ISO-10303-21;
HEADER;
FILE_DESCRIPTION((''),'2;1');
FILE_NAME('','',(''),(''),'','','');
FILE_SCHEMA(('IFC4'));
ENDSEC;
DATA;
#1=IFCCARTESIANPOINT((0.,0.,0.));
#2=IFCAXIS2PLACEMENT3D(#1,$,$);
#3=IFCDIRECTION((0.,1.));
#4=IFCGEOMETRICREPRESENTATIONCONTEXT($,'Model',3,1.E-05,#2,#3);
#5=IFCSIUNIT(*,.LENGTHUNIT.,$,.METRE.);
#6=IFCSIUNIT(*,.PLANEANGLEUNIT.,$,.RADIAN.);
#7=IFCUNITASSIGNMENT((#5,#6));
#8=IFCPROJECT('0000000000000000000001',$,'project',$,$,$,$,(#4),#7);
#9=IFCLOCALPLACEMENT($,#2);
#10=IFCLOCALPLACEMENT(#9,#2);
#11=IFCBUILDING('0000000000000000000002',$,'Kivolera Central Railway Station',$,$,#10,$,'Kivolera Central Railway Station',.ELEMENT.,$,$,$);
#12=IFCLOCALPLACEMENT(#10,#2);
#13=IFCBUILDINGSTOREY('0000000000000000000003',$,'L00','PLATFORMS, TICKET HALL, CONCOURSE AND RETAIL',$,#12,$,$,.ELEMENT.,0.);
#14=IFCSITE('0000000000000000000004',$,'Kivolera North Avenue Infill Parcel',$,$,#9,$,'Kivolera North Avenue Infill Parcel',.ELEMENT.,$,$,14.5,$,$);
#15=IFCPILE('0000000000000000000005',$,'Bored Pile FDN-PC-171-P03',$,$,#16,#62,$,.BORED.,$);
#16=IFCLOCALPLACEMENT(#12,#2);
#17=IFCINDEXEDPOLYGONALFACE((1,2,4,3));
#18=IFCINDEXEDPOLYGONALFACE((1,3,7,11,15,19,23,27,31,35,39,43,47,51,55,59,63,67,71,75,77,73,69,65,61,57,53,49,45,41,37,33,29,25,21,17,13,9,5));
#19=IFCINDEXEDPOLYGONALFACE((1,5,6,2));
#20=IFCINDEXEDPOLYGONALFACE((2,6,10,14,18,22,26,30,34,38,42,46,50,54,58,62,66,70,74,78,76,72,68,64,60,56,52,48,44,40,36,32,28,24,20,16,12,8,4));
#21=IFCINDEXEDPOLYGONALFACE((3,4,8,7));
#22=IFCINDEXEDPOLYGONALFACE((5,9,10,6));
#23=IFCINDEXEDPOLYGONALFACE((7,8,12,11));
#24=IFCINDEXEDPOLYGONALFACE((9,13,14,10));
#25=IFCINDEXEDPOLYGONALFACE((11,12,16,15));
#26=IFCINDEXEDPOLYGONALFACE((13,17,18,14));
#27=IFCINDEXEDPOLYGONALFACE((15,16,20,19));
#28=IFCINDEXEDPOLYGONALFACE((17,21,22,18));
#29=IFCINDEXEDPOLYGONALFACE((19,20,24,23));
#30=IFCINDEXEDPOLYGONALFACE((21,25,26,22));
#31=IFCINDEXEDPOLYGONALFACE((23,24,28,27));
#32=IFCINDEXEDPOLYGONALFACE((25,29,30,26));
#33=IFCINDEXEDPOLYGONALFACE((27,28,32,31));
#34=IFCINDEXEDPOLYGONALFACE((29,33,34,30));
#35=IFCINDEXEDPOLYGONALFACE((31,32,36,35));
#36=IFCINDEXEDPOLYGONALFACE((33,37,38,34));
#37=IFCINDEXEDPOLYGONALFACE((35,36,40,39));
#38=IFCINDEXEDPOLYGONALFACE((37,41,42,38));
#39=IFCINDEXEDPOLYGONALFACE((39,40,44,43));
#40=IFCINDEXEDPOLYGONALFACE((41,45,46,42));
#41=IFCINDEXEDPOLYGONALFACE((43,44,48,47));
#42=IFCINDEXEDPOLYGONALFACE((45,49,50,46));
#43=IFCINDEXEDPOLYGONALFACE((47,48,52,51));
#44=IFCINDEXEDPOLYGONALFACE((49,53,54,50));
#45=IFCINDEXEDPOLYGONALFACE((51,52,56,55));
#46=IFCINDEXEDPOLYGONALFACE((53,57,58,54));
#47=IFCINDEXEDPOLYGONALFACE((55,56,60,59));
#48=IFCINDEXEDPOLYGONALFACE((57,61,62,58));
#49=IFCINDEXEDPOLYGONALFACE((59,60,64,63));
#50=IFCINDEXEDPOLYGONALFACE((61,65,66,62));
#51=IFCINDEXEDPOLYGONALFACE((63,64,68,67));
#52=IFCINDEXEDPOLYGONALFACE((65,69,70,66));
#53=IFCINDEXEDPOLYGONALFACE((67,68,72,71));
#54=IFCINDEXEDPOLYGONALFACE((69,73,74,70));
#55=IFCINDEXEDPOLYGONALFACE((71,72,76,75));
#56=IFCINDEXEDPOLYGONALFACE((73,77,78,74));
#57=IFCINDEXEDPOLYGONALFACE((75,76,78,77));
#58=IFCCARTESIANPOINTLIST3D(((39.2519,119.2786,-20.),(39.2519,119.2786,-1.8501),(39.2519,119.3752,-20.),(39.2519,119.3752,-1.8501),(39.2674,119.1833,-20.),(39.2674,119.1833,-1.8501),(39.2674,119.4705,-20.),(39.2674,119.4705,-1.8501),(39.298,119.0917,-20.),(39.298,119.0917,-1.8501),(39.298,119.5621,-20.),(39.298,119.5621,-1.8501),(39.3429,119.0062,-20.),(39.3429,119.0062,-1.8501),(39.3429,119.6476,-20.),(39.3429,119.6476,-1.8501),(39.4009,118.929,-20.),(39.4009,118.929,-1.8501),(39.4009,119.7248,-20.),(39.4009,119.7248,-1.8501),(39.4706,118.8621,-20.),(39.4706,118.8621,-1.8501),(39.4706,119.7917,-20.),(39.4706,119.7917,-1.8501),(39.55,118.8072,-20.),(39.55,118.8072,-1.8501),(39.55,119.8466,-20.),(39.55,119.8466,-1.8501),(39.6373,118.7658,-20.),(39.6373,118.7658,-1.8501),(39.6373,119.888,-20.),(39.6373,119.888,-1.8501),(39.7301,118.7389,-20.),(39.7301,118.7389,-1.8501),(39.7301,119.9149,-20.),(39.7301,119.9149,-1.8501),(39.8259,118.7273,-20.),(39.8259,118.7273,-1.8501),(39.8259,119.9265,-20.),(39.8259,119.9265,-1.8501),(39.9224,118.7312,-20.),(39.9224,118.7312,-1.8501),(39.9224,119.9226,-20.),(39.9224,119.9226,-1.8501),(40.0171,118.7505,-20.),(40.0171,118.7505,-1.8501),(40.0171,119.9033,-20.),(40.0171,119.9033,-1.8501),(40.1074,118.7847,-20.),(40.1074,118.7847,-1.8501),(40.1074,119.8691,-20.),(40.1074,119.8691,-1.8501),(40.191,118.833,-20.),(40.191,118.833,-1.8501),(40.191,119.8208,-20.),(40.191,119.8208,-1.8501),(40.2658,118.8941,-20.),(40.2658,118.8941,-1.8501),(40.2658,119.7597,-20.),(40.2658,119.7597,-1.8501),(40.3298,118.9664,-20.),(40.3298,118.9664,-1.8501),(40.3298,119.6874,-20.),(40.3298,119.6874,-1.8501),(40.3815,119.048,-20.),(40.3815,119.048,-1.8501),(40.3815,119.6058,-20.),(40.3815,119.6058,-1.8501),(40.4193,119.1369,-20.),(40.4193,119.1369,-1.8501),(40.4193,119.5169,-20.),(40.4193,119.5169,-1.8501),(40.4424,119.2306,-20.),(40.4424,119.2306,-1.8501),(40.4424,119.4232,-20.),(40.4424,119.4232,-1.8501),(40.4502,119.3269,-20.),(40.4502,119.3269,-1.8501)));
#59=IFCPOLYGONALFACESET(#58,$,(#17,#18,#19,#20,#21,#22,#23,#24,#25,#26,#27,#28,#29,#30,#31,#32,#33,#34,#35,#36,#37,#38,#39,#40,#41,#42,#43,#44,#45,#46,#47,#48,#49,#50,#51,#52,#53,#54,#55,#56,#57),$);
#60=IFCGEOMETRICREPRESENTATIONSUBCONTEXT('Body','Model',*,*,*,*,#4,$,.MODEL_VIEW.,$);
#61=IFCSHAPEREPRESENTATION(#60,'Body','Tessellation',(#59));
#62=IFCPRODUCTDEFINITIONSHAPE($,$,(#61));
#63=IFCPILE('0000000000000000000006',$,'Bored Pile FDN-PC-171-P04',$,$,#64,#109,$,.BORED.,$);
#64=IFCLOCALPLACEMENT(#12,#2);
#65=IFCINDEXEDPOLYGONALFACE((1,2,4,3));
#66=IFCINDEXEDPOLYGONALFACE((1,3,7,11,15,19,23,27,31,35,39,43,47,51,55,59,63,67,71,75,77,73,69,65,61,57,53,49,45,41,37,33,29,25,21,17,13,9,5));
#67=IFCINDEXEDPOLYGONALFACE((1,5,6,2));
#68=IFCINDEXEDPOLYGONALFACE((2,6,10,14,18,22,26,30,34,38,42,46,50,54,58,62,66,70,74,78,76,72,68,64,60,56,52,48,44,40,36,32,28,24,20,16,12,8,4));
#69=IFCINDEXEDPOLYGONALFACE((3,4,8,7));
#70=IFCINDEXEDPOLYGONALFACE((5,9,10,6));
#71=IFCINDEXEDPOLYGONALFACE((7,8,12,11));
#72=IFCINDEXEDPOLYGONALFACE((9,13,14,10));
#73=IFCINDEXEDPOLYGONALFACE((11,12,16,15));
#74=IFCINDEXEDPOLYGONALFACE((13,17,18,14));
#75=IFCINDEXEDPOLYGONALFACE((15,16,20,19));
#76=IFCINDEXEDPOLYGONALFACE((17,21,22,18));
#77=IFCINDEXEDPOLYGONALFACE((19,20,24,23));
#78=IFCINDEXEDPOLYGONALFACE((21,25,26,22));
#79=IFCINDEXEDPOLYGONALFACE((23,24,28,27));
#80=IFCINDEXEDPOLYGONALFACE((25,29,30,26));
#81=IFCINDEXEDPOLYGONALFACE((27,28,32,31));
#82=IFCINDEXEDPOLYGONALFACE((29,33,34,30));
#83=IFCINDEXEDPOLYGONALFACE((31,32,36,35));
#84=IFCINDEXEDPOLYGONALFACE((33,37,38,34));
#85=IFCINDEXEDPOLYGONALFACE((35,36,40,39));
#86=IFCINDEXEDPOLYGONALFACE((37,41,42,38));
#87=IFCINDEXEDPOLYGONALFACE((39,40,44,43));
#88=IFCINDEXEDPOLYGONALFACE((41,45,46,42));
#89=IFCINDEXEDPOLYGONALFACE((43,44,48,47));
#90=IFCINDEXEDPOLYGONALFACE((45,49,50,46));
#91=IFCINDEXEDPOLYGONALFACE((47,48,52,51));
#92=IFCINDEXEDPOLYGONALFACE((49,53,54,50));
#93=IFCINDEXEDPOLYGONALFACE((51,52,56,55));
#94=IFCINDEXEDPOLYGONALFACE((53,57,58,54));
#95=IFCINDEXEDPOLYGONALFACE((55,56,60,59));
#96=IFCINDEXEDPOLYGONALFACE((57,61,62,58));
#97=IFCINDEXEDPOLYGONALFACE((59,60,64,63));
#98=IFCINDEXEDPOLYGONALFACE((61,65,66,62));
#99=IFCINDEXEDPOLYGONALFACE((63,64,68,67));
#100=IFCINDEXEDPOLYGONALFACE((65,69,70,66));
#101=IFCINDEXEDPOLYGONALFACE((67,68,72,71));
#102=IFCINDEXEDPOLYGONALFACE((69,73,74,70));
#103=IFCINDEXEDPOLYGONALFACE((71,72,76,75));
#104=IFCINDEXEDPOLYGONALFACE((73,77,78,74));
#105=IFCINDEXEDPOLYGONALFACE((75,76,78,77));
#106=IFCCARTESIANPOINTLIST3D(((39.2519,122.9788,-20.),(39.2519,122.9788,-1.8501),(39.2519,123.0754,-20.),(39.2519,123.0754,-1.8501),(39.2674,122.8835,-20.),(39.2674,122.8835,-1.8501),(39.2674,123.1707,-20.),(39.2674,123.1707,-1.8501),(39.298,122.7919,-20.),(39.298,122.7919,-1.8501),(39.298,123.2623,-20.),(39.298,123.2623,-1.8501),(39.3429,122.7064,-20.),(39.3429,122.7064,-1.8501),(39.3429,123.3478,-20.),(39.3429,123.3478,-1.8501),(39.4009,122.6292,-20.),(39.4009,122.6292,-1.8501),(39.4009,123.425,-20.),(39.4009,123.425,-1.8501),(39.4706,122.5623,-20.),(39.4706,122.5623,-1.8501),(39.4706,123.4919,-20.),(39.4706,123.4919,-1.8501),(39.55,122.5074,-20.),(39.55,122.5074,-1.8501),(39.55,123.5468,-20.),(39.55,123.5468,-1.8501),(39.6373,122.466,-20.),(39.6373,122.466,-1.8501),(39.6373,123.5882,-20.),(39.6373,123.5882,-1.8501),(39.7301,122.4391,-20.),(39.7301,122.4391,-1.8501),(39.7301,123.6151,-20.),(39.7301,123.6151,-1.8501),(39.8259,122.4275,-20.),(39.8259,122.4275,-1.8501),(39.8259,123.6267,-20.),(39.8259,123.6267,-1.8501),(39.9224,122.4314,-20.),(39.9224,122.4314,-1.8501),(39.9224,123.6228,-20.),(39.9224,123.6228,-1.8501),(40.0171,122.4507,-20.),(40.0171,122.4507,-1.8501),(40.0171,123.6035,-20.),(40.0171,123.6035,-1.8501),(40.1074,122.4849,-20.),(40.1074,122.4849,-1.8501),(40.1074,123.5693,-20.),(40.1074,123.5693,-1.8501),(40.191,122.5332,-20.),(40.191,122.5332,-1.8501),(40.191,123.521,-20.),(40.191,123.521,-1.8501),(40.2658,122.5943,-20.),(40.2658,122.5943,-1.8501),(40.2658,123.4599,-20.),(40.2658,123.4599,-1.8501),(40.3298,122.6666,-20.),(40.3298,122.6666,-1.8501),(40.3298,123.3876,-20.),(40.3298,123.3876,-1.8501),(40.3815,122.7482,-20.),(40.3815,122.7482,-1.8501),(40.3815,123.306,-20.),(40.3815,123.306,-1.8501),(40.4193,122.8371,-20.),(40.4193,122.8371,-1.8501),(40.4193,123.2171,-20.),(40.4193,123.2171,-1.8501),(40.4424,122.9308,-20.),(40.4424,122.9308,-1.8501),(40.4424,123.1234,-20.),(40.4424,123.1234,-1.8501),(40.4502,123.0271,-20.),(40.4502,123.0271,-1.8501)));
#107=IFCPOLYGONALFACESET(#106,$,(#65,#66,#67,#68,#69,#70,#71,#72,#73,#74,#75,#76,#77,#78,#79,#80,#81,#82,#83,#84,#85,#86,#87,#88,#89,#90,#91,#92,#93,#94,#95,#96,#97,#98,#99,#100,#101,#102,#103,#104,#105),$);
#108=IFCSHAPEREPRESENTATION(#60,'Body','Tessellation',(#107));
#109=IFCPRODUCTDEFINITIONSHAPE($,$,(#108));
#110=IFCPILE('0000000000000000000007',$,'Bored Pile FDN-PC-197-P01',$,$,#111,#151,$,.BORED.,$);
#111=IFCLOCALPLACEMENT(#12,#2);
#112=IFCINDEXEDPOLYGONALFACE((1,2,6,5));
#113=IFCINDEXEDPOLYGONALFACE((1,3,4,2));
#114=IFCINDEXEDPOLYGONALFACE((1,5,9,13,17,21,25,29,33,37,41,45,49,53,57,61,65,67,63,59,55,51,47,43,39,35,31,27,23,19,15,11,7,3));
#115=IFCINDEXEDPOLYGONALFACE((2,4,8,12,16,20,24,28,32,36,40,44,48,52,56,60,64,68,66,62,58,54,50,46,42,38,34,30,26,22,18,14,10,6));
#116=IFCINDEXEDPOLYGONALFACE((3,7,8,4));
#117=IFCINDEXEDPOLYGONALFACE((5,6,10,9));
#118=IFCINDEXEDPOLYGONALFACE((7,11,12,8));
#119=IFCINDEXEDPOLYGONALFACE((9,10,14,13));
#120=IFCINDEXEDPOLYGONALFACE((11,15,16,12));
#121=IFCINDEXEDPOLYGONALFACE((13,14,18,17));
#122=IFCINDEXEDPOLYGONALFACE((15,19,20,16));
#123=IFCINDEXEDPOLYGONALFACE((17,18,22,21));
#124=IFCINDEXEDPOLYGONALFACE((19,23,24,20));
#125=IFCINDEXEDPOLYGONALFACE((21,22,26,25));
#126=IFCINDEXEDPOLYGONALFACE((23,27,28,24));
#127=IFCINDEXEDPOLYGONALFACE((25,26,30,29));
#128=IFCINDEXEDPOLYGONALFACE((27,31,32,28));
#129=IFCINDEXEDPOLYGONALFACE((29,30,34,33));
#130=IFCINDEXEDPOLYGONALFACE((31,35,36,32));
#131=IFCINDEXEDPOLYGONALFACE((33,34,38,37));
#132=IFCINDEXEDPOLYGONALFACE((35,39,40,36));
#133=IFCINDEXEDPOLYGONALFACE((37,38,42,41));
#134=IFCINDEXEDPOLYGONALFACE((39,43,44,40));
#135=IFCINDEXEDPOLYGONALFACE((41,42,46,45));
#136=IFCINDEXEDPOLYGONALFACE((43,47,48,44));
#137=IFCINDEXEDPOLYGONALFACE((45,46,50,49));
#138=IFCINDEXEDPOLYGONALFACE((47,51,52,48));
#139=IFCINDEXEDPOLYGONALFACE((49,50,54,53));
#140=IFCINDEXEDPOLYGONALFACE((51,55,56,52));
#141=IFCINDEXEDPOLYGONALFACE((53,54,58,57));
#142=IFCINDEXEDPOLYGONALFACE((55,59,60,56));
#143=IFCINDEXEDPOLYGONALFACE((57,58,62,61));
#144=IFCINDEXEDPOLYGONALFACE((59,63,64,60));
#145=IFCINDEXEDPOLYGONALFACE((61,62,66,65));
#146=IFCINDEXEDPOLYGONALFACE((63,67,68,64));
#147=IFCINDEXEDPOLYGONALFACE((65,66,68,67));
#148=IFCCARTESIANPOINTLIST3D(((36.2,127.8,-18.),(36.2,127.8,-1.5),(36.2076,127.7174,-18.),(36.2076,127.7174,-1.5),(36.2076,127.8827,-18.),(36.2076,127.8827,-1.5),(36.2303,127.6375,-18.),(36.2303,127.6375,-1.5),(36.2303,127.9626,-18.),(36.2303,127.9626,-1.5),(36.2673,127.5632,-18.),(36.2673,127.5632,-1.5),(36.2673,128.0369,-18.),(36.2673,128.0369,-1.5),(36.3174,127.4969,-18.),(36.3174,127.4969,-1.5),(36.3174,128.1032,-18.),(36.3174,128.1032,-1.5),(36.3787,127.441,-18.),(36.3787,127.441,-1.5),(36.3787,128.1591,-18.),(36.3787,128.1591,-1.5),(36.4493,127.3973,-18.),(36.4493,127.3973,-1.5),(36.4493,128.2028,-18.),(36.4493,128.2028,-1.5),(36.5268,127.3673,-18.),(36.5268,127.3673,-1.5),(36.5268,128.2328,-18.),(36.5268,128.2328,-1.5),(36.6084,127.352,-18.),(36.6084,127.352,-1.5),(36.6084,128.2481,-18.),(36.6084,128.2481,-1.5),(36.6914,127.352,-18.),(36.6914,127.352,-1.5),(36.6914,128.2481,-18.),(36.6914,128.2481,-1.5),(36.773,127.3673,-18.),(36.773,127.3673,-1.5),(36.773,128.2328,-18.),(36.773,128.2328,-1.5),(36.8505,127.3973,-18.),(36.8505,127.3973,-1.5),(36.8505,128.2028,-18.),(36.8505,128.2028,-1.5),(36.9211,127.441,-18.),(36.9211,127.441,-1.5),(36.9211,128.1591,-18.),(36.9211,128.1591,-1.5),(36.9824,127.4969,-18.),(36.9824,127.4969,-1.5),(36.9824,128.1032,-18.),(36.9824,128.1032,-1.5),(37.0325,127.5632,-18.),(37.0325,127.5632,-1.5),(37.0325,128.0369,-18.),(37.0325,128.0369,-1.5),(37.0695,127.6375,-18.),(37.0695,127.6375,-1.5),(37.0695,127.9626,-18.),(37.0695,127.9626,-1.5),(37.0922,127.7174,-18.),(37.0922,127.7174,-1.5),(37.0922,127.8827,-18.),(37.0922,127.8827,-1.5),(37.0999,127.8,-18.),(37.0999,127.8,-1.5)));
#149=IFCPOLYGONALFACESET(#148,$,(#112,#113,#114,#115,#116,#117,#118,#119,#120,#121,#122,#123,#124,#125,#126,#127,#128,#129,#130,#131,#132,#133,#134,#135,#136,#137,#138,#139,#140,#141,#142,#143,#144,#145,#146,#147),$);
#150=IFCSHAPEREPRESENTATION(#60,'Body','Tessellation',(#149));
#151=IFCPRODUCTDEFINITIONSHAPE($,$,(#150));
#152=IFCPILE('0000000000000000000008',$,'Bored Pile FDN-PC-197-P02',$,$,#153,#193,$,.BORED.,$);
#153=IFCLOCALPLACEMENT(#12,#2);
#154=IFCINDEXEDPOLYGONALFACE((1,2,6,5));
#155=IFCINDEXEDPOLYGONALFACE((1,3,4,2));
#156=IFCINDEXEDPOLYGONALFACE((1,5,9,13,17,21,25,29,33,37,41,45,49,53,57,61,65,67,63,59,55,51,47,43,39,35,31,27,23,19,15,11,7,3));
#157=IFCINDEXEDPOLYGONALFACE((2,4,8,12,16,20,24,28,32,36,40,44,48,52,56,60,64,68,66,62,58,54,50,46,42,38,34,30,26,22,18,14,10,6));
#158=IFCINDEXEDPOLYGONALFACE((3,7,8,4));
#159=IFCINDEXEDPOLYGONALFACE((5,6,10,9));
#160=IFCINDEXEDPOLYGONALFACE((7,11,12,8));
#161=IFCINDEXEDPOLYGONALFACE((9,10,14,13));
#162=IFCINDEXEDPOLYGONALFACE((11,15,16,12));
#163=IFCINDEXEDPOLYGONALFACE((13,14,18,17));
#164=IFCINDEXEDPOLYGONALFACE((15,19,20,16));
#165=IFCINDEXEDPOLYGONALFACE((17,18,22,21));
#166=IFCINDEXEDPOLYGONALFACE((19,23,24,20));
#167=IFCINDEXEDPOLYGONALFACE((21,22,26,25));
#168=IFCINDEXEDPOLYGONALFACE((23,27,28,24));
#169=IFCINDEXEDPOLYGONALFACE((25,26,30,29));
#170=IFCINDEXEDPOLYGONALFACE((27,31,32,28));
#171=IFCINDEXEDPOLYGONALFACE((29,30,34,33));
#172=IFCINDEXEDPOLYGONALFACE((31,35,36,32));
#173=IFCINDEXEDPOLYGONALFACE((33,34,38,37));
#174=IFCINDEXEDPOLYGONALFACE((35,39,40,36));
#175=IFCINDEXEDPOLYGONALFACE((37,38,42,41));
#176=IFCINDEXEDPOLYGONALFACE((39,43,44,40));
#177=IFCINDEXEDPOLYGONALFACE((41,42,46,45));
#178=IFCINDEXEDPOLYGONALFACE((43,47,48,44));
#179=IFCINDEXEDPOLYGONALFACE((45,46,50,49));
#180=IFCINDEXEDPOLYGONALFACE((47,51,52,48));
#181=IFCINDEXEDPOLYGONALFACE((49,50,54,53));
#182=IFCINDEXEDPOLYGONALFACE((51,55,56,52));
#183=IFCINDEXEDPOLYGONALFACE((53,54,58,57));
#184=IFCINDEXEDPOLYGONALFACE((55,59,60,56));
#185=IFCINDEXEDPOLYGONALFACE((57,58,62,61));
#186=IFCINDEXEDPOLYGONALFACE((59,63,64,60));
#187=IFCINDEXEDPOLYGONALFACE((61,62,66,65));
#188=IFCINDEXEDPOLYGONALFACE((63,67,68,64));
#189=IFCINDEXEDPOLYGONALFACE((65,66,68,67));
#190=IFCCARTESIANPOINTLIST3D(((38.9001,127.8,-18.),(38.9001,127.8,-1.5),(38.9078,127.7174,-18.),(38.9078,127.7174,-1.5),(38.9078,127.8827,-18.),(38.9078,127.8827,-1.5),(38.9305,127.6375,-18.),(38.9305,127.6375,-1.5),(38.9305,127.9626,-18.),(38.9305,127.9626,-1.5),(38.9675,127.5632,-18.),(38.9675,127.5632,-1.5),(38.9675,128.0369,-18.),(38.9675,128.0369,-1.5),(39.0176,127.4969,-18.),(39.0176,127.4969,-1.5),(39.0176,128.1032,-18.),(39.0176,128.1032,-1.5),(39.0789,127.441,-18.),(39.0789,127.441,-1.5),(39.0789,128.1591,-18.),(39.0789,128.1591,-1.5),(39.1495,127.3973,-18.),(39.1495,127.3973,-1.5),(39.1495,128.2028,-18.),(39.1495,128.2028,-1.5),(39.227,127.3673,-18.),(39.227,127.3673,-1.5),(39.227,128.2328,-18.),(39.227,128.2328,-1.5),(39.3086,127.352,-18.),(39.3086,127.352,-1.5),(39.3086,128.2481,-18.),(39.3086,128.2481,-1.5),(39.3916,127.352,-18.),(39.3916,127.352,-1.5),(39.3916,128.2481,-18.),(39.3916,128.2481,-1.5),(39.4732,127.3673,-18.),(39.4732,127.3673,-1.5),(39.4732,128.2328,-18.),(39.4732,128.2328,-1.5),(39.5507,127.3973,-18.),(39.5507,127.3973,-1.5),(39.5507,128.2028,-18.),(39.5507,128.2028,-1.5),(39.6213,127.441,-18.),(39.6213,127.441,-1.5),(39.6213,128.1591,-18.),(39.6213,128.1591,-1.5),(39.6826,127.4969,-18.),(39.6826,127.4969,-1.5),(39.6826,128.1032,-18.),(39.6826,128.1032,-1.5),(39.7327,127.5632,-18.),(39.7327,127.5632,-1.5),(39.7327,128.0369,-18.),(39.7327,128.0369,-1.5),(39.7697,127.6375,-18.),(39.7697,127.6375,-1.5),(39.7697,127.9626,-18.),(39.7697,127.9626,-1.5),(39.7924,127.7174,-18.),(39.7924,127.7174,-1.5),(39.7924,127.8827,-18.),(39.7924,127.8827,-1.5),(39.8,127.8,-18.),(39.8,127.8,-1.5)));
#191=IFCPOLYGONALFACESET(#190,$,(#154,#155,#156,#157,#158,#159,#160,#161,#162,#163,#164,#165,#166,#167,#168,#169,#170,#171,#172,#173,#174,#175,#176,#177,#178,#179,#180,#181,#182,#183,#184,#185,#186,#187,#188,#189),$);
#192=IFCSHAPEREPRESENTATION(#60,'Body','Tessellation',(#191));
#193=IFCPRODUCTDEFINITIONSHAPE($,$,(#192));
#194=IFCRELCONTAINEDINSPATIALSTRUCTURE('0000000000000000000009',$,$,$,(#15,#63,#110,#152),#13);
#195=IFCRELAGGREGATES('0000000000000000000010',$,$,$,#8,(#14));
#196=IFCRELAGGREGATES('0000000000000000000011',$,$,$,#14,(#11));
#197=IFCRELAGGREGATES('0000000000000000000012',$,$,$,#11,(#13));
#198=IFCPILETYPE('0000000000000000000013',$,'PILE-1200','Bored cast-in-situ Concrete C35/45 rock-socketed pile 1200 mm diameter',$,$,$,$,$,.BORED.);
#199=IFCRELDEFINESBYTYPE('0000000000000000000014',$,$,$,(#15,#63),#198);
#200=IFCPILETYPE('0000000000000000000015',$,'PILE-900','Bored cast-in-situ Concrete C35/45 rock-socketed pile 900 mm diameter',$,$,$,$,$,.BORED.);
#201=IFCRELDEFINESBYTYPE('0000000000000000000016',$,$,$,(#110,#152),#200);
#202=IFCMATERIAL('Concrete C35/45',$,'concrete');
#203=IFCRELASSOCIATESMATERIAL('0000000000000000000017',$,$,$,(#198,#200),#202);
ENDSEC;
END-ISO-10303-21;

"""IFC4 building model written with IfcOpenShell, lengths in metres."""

from ifc_helpers import new_model, si_unit, direction, frame, origin, origin_2d, place, context, subcontext, project, spatial, circle, extrude, material, material_profile, profile_set, type_object, element, save


model = new_model("IFC4")

# Units and contexts
model_context = context("Model", 3, precision=1e-05, world=origin(), true_north=direction((0.0, 1.0)))
body_context = subcontext(model_context, "Body", "Model", "MODEL_VIEW")
ifc_project = project(units=[si_unit("LENGTHUNIT", "METRE"), si_unit("PLANEANGLEUNIT", "RADIAN")], contexts=[model_context])

# Site, building, storey
site_placement = place(None, origin())
site = spatial("IfcSite", under=ifc_project, at=site_placement, Name="Kivolera North Avenue Infill Parcel", LongName="Kivolera North Avenue Infill Parcel", CompositionType="ELEMENT", RefElevation=14.5)
building_placement = place(site_placement, origin())
building = spatial("IfcBuilding", under=site, at=building_placement, Name="Kivolera Central Railway Station", LongName="Kivolera Central Railway Station", CompositionType="ELEMENT")
storey_placement = place(building_placement, origin())
storey = spatial("IfcBuildingStorey", under=building, at=storey_placement, Name="L00", Description="PLATFORMS, TICKET HALL, CONCOURSE AND RETAIL", CompositionType="ELEMENT", Elevation=0.0)

# Shared definitions
ifc_material_1 = material(Name="Concrete C35/45", Category="concrete")

# Piles
ifc_material_profile_1 = material_profile(ifc_material_1, circle(Radius=0.6001, at=origin_2d()), Name="PILE D1200")
ifc_profile_set_1 = profile_set([ifc_material_profile_1], Name="Concrete C35/45")
pile_type_1 = type_object("IfcPileType", Name="PILE-1200", Description="Bored cast-in-situ Concrete C35/45 rock-socketed pile 1200 mm diameter", PredefinedType="BORED", material=ifc_profile_set_1)
for number, where, z_axis, x_axis, name in (
    (1, (39.8501, 119.3269, -1.8501), (0.0, 0.0, -1.0), (1.0, 0.0, 0.0), "Bored Pile FDN-PC-171-P03"),
    (2, (39.8501, 123.0271, -1.8501), (0.0, 0.0, -1.0), (1.0, 0.0, 0.0), "Bored Pile FDN-PC-171-P04"),
):
    element("IfcPile", number, at=place(storey_placement, frame(where, z_axis=z_axis, x_axis=x_axis)), inside=storey, type_object=pile_type_1, Name=name, PredefinedType="BORED", context=body_context, shape_type="SweptSolid", body=[
        extrude(circle(Radius=0.6001, at=origin_2d()), origin(), (0.0, 0.0, 1.0), 18.1499),
    ])
ifc_material_profile_2 = material_profile(ifc_material_1, circle(Radius=0.45, at=origin_2d()), Name="PILE D900")
ifc_profile_set_2 = profile_set([ifc_material_profile_2], Name="Concrete C35/45")
pile_type_2 = type_object("IfcPileType", Name="PILE-900", Description="Bored cast-in-situ Concrete C35/45 rock-socketed pile 900 mm diameter", PredefinedType="BORED", material=ifc_profile_set_2)
for number, where, z_axis, x_axis, name in (
    (3, (36.6499, 127.8, -1.5), (0.0, 0.0, -1.0), (1.0, 0.0, 0.0), "Bored Pile FDN-PC-197-P01"),
    (4, (39.3501, 127.8, -1.5), (0.0, 0.0, -1.0), (1.0, 0.0, 0.0), "Bored Pile FDN-PC-197-P02"),
):
    element("IfcPile", number, at=place(storey_placement, frame(where, z_axis=z_axis, x_axis=x_axis)), inside=storey, type_object=pile_type_2, Name=name, PredefinedType="BORED", context=body_context, shape_type="SweptSolid", body=[
        extrude(circle(Radius=0.45, at=origin_2d()), origin(), (0.0, 0.0, 1.0), 16.5),
    ])

save(model, "model.ifc")
